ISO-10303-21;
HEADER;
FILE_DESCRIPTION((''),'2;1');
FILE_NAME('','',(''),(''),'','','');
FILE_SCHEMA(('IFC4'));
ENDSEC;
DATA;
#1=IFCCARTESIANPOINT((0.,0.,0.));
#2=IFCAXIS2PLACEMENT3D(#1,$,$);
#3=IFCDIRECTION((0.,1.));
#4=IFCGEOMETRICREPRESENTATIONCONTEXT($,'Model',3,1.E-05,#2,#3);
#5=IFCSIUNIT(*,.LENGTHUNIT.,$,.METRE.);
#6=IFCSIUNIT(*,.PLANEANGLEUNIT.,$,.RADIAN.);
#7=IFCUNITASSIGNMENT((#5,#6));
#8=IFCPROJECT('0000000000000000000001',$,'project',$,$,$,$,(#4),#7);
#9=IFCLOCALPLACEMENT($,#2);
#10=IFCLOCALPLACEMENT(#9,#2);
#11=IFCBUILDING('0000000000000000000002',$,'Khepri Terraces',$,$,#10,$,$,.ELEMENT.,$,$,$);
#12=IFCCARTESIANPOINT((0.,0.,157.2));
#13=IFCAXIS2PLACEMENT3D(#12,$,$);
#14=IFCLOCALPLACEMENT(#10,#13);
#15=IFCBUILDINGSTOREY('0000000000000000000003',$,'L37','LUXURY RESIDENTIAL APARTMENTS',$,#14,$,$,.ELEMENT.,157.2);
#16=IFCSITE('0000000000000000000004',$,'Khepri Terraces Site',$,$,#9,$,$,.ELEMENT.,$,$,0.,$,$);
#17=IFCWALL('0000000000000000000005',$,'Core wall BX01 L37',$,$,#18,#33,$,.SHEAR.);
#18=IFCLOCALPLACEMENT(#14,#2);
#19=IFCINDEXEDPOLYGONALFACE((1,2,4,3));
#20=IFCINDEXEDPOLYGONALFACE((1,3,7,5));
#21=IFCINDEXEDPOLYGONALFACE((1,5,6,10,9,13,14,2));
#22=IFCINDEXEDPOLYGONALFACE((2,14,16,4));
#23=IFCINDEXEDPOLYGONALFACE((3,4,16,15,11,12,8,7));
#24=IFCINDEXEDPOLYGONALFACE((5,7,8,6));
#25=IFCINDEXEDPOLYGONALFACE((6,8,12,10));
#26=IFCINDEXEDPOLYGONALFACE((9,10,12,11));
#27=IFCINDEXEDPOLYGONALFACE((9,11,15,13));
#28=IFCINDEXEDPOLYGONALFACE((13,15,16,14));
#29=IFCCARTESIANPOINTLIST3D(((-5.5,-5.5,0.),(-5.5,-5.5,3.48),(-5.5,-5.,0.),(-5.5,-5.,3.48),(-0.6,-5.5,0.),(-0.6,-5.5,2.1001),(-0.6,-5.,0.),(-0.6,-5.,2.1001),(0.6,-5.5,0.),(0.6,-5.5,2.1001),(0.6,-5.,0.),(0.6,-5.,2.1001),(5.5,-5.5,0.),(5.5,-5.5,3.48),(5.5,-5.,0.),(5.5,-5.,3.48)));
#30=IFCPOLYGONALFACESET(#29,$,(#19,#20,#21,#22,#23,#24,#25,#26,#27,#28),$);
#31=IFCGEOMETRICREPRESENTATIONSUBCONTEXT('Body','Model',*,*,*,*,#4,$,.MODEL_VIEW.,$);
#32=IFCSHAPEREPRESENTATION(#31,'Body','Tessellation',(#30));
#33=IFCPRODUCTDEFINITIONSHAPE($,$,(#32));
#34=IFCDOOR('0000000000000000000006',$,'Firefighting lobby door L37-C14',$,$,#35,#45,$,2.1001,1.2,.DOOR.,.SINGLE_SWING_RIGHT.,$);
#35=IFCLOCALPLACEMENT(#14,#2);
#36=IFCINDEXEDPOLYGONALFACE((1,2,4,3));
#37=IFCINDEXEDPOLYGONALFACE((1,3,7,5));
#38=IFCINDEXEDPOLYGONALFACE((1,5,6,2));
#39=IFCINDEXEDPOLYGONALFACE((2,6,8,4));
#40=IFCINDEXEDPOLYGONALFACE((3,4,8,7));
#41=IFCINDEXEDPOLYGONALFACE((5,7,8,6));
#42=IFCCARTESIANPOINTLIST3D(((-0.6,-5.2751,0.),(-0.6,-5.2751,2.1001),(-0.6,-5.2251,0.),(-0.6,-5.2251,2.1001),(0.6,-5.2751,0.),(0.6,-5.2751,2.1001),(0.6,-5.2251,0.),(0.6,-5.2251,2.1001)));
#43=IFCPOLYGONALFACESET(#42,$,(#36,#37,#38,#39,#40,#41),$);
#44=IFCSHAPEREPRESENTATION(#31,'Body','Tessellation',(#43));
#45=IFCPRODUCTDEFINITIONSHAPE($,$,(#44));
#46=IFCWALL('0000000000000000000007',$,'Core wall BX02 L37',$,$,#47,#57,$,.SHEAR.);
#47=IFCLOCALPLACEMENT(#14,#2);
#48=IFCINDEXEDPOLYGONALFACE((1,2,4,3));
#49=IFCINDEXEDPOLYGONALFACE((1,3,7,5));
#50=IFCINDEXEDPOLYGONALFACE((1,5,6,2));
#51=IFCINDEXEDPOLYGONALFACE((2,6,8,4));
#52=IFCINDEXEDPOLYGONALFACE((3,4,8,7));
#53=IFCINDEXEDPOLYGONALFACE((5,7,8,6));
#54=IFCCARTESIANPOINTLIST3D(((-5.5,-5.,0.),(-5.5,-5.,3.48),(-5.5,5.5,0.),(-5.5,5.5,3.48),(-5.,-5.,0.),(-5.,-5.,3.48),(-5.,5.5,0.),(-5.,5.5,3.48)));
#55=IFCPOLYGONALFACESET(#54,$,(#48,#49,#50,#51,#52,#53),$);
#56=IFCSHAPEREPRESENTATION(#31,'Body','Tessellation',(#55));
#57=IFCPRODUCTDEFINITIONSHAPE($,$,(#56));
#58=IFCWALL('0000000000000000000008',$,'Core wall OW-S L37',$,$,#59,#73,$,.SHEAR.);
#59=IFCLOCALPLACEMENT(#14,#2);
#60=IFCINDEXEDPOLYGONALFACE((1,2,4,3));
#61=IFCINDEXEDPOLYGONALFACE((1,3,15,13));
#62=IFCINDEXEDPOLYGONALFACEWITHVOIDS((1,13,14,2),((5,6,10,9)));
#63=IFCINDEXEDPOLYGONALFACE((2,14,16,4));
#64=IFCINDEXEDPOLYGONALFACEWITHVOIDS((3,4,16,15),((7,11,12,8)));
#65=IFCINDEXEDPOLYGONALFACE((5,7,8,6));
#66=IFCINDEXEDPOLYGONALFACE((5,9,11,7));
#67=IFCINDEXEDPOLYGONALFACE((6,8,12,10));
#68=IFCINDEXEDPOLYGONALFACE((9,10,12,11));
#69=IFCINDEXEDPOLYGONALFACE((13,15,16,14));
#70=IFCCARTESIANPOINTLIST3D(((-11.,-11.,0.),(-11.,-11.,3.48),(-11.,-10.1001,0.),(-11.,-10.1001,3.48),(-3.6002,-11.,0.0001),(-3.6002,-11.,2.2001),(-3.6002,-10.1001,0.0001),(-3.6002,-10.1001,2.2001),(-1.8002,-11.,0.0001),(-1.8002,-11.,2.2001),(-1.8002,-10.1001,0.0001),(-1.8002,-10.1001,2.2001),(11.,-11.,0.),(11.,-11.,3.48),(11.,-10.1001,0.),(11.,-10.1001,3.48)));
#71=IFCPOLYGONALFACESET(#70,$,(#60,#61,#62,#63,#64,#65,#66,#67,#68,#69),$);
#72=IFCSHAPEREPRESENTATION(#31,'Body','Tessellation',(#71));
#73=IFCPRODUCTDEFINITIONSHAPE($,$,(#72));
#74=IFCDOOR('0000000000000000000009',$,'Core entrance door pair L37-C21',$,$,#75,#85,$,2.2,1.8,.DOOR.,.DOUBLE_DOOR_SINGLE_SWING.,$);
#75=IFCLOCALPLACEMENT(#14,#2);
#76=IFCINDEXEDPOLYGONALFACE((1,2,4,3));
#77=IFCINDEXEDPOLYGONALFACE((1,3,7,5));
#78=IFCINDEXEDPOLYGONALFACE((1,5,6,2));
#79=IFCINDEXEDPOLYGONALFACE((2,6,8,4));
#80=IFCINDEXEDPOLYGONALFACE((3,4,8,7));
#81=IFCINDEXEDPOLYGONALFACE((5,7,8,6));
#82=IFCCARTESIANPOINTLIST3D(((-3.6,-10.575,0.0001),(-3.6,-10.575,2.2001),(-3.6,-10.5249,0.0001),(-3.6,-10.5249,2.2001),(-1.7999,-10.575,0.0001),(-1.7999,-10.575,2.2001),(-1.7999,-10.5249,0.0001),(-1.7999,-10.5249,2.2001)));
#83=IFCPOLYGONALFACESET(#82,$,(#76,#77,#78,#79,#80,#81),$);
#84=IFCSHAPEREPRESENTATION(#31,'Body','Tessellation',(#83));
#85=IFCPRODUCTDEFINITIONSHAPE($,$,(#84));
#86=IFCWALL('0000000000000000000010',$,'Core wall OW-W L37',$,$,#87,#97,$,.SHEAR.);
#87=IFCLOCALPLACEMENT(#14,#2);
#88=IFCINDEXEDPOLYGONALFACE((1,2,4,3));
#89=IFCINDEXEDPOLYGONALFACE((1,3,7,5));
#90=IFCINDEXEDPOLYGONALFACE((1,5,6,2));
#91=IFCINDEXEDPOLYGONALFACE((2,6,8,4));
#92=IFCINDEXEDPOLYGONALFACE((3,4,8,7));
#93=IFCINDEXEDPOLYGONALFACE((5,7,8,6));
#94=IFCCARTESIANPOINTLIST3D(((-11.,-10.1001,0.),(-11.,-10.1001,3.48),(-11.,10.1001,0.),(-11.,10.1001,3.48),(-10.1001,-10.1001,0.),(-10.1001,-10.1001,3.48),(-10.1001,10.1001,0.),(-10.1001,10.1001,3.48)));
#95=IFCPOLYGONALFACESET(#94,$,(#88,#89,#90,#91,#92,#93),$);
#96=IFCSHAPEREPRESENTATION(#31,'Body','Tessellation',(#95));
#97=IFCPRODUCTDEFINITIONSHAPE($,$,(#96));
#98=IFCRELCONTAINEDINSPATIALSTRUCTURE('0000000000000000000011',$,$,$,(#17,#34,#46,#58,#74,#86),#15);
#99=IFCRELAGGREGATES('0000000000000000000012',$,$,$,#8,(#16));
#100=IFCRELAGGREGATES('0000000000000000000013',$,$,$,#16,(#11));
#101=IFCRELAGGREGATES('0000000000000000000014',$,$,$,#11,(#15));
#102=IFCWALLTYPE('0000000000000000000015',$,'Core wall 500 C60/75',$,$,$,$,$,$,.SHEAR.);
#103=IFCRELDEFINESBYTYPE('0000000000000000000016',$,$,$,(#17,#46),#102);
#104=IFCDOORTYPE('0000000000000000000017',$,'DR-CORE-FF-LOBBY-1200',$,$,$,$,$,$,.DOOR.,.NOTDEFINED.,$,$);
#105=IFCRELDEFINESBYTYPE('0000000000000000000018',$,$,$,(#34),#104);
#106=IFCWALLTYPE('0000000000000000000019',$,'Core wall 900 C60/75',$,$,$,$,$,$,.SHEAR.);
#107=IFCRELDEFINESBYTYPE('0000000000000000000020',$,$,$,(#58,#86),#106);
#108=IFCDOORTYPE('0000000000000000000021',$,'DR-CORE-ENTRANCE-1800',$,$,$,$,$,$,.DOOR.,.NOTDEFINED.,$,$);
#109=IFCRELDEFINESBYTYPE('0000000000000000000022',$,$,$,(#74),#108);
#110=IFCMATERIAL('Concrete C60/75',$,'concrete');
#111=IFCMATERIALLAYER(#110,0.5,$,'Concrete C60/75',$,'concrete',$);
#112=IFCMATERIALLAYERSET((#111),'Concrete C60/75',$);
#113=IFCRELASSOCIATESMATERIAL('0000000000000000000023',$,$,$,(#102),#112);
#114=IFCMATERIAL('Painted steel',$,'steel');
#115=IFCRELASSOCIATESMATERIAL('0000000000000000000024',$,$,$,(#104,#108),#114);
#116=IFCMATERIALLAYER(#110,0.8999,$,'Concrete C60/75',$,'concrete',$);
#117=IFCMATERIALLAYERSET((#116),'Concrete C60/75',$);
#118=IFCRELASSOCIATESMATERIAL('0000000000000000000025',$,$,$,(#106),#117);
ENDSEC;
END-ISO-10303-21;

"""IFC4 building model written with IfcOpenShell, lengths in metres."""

from ifc_helpers import new_model, si_unit, direction, frame, frame_2d, origin, place, context, subcontext, project, spatial, rectangle, extrude, material, layer, layer_set, type_object, element, fill, save


model = new_model("IFC4")

# Units and contexts
model_context = context("Model", 3, precision=1e-05, world=origin(), true_north=direction((0.0, 1.0)))
body_context = subcontext(model_context, "Body", "Model", "MODEL_VIEW")
ifc_project = project(units=[si_unit("LENGTHUNIT", "METRE"), si_unit("PLANEANGLEUNIT", "RADIAN")], contexts=[model_context])

# Site, building, storey
site_placement = place(None, origin())
site = spatial("IfcSite", under=ifc_project, at=site_placement, Name="Khepri Terraces Site", CompositionType="ELEMENT", RefElevation=0.0)
building_placement = place(site_placement, origin())
building = spatial("IfcBuilding", under=site, at=building_placement, Name="Khepri Terraces", CompositionType="ELEMENT")
storey_placement = place(building_placement, frame((0.0, 0.0, 157.2)))
storey = spatial("IfcBuildingStorey", under=building, at=storey_placement, Name="L37", Description="LUXURY RESIDENTIAL APARTMENTS", CompositionType="ELEMENT", Elevation=157.2)

# Shared definitions
ifc_material_1 = material(Name="Concrete C60/75", Category="concrete")

# Shared definitions
ifc_material_2 = material(Name="Painted steel", Category="steel")

# Wall, opening, door
ifc_layer_1 = layer(ifc_material_1, 0.5, Name="Concrete C60/75", Category="concrete")
ifc_layer_set_1 = layer_set([ifc_layer_1], Name="Concrete C60/75")
wall_type_1 = type_object("IfcWallType", Name="Core wall 500 C60/75", PredefinedType="SHEAR", material=ifc_layer_set_1)
wall_1_placement = place(storey_placement, frame((-5.5, -5.25, 0.0), z_axis=(0.0, 0.0, 1.0), x_axis=(1.0, 0.0, 0.0)))
wall_1 = element("IfcWall", 1, at=wall_1_placement, inside=storey, type_object=wall_type_1, Name="Core wall BX01 L37", PredefinedType="SHEAR", context=body_context, shape_type="SweptSolid", body=[
    extrude(rectangle(XDim=11.0, YDim=0.5, at=frame_2d((5.5, 0.0))), origin(), (0.0, 0.0, 1.0), 3.48),
])
opening_1_placement = place(wall_1_placement, frame((4.8999, 0.0, 0.0)))
opening_1 = element("IfcOpeningElement", 2, at=opening_1_placement, cuts=wall_1, PredefinedType="OPENING", context=body_context, shape_type="SweptSolid", body=[
    extrude(rectangle(XDim=1.2, YDim=2.1001, at=frame_2d((0.6001, 1.05))), frame((0.0, 0.26, 0.0), z_axis=(0.0, -1.0, 0.0), x_axis=(1.0, 0.0, 0.0)), (0.0, 0.0, 1.0), 0.52),
])
door_type_1 = type_object("IfcDoorType", Name="DR-CORE-FF-LOBBY-1200", OperationType="NOTDEFINED", PredefinedType="DOOR", material=ifc_material_2)
door_1_placement = place(opening_1_placement, origin())
door_1 = element("IfcDoor", 3, at=door_1_placement, inside=storey, type_object=door_type_1, Name="Firefighting lobby door L37-C14", OperationType="SINGLE_SWING_RIGHT", OverallHeight=2.1001, OverallWidth=1.2, PredefinedType="DOOR", context=body_context, shape_type="SweptSolid", body=[
    extrude(rectangle(XDim=1.2, YDim=2.1001, at=frame_2d((0.6001, 1.05))), frame((0.0, 0.0249, 0.0), z_axis=(0.0, -1.0, 0.0), x_axis=(1.0, 0.0, 0.0)), (0.0, 0.0, 1.0), 0.05),
])
fill(opening_1, door_1)

# Wall
wall_2_placement = place(storey_placement, frame((-5.25, -5.0, 0.0), z_axis=(0.0, 0.0, 1.0), x_axis=(0.0, 1.0, 0.0)))
element("IfcWall", 4, at=wall_2_placement, inside=storey, type_object=wall_type_1, Name="Core wall BX02 L37", PredefinedType="SHEAR", context=body_context, shape_type="SweptSolid", body=[
    extrude(rectangle(XDim=10.5, YDim=0.5, at=frame_2d((5.25, 0.0))), origin(), (0.0, 0.0, 1.0), 3.48),
])

# Wall, opening, door
ifc_layer_2 = layer(ifc_material_1, 0.8999, Name="Concrete C60/75", Category="concrete")
ifc_layer_set_2 = layer_set([ifc_layer_2], Name="Concrete C60/75")
wall_type_2 = type_object("IfcWallType", Name="Core wall 900 C60/75", PredefinedType="SHEAR", material=ifc_layer_set_2)
wall_3_placement = place(storey_placement, frame((-11.0, -10.55, 0.0), z_axis=(0.0, 0.0, 1.0), x_axis=(1.0, 0.0, 0.0)))
wall_3 = element("IfcWall", 5, at=wall_3_placement, inside=storey, type_object=wall_type_2, Name="Core wall OW-S L37", PredefinedType="SHEAR", context=body_context, shape_type="SweptSolid", body=[
    extrude(rectangle(XDim=22.0, YDim=0.8999, at=frame_2d((11.0, 0.0))), origin(), (0.0, 0.0, 1.0), 3.48),
])
opening_2_placement = place(wall_3_placement, frame((7.3999, 0.0, 0.0)))
opening_2 = element("IfcOpeningElement", 6, at=opening_2_placement, cuts=wall_3, PredefinedType="OPENING", context=body_context, shape_type="SweptSolid", body=[
    extrude(rectangle(XDim=1.8, YDim=2.2, at=frame_2d((0.8999, 1.1001))), frame((0.0, 0.46, 0.0), z_axis=(0.0, -1.0, 0.0), x_axis=(1.0, 0.0, 0.0)), (0.0, 0.0, 1.0), 0.9199),
])
door_type_2 = type_object("IfcDoorType", Name="DR-CORE-ENTRANCE-1800", OperationType="NOTDEFINED", PredefinedType="DOOR", material=ifc_material_2)
door_2_placement = place(opening_2_placement, frame((1.8, 0.0, 0.0), z_axis=(0.0, 0.0, 1.0), x_axis=(-1.0, 0.0, 0.0)))
door_2 = element("IfcDoor", 7, at=door_2_placement, inside=storey, type_object=door_type_2, Name="Core entrance door pair L37-C21", OperationType="DOUBLE_DOOR_SINGLE_SWING", OverallHeight=2.2, OverallWidth=1.8, PredefinedType="DOOR", context=body_context, shape_type="SweptSolid", body=[
    extrude(rectangle(XDim=1.8, YDim=2.2, at=frame_2d((0.8999, 1.1001))), frame((0.0, 0.0249, 0.0), z_axis=(0.0, -1.0, 0.0), x_axis=(1.0, 0.0, 0.0)), (0.0, 0.0, 1.0), 0.05),
])
fill(opening_2, door_2)

# Wall
wall_4_placement = place(storey_placement, frame((-10.55, -10.1001, 0.0), z_axis=(0.0, 0.0, 1.0), x_axis=(0.0, 1.0, 0.0)))
element("IfcWall", 8, at=wall_4_placement, inside=storey, type_object=wall_type_2, Name="Core wall OW-W L37", PredefinedType="SHEAR", context=body_context, shape_type="SweptSolid", body=[
    extrude(rectangle(XDim=20.2002, YDim=0.8999, at=frame_2d((10.1001, 0.0))), origin(), (0.0, 0.0, 1.0), 3.48),
])

save(model, "model.ifc")
